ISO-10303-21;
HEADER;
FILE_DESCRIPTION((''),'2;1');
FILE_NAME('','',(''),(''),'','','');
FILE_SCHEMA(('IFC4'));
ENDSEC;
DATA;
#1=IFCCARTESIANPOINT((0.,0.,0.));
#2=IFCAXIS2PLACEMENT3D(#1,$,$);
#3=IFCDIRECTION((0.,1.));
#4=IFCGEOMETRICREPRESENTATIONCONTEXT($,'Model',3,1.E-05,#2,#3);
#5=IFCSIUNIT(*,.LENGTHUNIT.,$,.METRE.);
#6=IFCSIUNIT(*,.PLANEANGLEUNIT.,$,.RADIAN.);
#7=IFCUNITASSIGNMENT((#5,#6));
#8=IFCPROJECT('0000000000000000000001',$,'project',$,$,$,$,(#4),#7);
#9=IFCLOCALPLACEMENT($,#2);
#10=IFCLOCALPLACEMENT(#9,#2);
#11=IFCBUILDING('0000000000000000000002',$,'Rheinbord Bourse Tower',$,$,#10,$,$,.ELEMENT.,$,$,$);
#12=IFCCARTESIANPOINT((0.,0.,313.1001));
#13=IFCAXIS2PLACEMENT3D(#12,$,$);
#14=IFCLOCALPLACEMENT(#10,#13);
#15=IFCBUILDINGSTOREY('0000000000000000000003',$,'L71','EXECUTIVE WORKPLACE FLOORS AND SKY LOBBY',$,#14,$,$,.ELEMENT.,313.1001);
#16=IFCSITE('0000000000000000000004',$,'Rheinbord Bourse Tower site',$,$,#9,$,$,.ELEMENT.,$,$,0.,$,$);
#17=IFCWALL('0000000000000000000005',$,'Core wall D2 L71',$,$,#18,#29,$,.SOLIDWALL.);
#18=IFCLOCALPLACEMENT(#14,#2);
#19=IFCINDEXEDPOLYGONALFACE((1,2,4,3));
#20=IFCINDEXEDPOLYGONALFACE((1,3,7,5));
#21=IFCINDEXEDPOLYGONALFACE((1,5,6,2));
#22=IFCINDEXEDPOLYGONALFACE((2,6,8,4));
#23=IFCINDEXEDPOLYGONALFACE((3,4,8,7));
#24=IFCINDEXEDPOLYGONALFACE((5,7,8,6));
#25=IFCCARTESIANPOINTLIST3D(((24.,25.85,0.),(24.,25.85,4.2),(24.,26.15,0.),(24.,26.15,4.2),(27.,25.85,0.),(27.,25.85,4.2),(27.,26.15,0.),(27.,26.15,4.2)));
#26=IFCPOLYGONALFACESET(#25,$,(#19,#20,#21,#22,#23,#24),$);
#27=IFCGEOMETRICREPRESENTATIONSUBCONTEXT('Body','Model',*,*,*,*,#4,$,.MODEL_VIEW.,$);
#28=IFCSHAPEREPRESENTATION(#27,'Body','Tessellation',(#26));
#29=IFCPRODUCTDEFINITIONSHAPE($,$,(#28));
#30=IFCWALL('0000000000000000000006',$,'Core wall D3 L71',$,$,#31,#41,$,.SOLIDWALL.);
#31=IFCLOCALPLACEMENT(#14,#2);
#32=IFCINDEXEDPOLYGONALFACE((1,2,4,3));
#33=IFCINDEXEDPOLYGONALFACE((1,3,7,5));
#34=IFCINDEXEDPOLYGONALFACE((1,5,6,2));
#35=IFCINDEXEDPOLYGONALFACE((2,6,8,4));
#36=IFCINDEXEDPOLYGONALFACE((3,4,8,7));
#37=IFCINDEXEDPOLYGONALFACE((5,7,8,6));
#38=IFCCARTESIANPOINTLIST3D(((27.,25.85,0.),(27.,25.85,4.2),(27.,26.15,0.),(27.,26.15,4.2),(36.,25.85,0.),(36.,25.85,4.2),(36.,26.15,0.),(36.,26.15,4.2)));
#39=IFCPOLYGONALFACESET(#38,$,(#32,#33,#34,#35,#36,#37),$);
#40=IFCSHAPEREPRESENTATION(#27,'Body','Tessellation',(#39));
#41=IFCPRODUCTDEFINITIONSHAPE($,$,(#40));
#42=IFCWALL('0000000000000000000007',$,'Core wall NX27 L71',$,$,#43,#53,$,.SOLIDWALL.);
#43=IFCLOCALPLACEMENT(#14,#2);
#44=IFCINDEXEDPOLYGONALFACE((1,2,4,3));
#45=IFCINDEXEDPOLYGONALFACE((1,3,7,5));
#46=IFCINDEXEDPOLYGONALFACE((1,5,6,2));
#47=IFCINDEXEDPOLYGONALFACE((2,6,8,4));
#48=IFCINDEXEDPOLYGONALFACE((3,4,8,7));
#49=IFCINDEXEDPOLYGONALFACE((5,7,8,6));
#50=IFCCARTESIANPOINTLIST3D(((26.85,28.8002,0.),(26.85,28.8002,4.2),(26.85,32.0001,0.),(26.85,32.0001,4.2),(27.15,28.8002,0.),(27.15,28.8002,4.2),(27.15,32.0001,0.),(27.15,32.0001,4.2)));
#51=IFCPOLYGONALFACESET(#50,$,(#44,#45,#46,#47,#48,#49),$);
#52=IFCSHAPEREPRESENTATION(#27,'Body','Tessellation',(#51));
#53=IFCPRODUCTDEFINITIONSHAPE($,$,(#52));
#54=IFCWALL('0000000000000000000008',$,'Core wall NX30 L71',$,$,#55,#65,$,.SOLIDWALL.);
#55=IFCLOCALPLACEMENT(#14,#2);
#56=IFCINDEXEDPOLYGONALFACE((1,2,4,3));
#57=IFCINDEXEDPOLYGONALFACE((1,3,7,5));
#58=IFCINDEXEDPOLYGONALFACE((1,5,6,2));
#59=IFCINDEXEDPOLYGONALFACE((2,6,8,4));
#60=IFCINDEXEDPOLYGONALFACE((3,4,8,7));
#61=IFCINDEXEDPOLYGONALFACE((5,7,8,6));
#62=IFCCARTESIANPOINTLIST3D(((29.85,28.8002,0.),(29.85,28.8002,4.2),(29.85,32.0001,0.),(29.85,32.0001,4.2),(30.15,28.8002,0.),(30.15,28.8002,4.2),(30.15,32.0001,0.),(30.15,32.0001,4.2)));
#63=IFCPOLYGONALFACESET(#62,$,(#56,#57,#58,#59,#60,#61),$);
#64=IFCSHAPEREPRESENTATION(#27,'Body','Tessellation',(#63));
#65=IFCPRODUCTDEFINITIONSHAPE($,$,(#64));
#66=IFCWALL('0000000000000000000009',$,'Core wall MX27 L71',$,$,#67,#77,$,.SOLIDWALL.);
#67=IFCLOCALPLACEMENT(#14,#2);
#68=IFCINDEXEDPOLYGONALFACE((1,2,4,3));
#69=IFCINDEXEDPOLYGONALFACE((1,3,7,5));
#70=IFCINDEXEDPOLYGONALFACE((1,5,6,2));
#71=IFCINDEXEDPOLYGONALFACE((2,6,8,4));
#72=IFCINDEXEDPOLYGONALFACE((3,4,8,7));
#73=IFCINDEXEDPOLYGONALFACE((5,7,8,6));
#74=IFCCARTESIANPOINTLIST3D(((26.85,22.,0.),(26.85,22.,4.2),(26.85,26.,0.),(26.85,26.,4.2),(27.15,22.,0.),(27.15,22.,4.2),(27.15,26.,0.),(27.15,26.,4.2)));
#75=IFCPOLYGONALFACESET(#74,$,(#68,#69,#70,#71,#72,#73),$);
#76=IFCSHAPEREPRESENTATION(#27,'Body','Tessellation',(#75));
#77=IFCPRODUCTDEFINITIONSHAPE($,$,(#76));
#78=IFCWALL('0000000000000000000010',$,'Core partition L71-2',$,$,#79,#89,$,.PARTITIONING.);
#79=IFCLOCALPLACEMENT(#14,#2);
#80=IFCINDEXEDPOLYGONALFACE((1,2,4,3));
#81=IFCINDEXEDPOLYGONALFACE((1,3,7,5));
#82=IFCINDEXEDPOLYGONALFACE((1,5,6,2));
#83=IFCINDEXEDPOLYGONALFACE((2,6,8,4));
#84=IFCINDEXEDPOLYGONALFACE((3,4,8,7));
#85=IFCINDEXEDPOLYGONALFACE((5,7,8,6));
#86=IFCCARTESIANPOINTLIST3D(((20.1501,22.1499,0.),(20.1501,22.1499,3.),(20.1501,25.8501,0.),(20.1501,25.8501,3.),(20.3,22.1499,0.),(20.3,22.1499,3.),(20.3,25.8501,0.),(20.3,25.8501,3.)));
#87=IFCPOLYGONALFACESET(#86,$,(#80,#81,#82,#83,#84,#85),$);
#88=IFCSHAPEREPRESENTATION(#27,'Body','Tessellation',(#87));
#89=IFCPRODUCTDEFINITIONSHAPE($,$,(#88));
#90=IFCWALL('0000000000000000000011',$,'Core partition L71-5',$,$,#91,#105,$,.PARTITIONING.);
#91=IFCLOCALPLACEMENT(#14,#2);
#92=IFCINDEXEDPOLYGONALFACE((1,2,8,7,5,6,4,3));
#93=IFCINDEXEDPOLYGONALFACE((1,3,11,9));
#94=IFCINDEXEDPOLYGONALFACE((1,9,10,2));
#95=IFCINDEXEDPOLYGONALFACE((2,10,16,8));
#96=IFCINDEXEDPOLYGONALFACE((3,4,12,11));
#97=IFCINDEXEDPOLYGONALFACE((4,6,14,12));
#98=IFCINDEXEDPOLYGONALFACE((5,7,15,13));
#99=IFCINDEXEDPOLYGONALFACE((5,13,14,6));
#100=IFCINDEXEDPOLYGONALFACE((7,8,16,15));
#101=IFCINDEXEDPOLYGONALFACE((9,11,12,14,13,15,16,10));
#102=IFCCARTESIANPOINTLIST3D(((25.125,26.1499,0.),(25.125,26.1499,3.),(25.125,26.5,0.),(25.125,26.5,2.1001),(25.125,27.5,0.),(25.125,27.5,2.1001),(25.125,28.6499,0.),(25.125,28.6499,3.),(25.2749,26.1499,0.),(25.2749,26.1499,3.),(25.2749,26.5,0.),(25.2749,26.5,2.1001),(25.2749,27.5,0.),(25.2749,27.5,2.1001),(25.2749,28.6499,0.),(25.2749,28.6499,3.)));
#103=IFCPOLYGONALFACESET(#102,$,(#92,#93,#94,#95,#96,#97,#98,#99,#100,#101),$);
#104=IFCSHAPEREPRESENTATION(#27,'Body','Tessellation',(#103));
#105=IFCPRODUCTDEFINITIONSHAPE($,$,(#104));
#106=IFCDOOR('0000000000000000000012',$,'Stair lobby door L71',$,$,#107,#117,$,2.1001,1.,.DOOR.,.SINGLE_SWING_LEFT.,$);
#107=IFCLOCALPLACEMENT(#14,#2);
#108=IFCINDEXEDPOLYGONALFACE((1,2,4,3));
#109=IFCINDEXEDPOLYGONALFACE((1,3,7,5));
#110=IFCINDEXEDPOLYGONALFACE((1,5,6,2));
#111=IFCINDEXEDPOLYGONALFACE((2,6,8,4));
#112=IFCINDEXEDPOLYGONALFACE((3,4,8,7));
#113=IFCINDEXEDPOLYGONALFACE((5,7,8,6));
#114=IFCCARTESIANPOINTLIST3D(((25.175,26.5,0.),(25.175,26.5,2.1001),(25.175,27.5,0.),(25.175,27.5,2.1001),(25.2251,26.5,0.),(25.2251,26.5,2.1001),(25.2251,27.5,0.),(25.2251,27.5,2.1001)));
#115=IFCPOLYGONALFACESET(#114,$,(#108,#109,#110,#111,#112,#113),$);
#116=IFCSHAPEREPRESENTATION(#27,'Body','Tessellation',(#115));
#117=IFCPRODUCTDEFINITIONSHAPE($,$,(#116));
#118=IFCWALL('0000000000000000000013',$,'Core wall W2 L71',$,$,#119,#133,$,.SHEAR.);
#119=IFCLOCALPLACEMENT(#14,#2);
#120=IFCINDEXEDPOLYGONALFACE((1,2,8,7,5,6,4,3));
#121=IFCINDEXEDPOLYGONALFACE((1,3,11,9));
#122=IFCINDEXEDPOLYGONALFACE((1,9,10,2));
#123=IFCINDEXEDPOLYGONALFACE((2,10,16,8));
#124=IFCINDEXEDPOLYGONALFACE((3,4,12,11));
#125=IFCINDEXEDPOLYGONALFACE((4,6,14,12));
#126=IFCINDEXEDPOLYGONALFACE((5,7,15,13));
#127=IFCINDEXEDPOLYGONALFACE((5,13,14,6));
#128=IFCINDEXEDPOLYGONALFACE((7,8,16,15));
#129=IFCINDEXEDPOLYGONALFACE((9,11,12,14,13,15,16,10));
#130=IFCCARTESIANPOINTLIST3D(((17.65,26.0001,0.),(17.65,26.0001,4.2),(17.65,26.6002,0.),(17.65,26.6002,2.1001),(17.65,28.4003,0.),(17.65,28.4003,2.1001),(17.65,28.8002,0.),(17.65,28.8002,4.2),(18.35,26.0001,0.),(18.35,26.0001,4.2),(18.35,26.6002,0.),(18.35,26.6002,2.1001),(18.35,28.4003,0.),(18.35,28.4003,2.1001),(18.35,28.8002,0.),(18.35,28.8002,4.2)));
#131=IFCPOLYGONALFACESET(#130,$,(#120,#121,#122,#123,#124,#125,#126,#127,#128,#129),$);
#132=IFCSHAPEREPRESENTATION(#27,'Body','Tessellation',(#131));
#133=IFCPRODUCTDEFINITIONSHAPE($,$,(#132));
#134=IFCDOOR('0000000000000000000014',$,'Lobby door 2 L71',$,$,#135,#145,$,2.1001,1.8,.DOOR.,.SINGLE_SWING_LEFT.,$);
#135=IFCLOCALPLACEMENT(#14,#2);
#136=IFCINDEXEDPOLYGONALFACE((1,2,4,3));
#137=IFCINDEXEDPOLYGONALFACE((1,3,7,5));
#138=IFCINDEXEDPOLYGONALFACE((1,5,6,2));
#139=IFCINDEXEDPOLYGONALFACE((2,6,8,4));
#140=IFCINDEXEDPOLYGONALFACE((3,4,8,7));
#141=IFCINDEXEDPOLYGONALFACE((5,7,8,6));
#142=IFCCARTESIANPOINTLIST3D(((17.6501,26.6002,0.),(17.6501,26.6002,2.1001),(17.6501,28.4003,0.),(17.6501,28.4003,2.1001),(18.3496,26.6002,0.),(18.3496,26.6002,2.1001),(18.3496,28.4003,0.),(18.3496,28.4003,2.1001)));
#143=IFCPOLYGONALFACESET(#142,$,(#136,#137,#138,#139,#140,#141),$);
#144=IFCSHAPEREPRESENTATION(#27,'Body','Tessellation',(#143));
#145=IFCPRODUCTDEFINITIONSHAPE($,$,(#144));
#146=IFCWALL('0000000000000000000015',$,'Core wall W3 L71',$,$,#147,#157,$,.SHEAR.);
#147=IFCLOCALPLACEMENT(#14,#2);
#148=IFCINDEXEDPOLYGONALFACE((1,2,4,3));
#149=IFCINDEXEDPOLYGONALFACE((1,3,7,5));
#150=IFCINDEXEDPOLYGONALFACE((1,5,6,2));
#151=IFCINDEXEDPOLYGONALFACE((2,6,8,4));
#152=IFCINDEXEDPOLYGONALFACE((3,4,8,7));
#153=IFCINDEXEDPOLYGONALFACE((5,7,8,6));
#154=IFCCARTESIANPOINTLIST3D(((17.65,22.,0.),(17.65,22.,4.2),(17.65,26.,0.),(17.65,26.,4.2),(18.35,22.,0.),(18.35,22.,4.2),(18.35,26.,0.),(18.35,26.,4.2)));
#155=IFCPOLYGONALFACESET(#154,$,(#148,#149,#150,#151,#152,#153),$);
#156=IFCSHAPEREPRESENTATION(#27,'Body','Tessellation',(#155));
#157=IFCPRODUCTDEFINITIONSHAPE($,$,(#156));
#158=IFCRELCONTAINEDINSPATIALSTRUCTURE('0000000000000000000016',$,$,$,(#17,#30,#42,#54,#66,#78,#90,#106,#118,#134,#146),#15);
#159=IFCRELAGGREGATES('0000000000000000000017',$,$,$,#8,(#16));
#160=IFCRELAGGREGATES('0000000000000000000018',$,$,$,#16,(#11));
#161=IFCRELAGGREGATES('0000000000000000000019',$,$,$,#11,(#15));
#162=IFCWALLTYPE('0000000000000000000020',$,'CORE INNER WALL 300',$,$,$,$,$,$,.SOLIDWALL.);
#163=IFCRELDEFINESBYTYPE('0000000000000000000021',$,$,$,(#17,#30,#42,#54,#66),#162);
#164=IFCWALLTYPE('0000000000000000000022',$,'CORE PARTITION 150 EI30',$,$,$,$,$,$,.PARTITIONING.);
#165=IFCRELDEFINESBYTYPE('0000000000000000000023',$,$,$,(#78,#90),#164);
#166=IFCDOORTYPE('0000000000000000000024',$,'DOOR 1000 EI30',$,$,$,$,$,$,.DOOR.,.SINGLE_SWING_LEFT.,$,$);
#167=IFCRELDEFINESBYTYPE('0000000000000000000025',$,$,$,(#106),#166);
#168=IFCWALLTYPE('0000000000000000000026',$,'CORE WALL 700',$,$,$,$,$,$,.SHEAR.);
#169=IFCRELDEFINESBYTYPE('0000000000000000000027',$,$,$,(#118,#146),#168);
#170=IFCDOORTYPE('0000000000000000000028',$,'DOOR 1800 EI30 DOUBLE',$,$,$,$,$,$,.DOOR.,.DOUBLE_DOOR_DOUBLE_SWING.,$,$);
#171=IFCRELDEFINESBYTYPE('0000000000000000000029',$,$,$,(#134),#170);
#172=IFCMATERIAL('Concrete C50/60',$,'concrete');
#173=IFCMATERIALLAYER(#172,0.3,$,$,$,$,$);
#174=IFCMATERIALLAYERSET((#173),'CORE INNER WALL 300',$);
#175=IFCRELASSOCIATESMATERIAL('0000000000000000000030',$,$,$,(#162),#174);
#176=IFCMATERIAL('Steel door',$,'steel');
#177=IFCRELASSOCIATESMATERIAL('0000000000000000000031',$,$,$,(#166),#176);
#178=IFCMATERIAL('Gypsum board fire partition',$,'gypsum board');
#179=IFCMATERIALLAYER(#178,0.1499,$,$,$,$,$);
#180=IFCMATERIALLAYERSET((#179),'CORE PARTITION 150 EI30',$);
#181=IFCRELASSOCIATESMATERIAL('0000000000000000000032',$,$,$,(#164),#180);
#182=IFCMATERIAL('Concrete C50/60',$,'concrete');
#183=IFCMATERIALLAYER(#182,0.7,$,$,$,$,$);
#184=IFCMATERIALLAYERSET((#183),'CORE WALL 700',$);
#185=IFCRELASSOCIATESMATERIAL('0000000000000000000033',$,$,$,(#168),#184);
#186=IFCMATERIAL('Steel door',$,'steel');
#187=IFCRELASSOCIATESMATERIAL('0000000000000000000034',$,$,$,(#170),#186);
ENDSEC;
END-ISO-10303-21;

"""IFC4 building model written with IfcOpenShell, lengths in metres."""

from ifc_helpers import new_model, si_unit, direction, frame, frame_2d, origin, place, context, subcontext, project, spatial, rectangle, extrude, material, layer, layer_set, type_object, element, fill, save


model = new_model("IFC4")

# Units and contexts
model_context = context("Model", 3, precision=1e-05, world=origin(), true_north=direction((0.0, 1.0)))
body_context = subcontext(model_context, "Body", "Model", "MODEL_VIEW")
ifc_project = project(units=[si_unit("LENGTHUNIT", "METRE"), si_unit("PLANEANGLEUNIT", "RADIAN")], contexts=[model_context])

# Site, building, storey
site_placement = place(None, origin())
site = spatial("IfcSite", under=ifc_project, at=site_placement, Name="Rheinbord Bourse Tower site", CompositionType="ELEMENT", RefElevation=0.0)
building_placement = place(site_placement, origin())
building = spatial("IfcBuilding", under=site, at=building_placement, Name="Rheinbord Bourse Tower", CompositionType="ELEMENT")
storey_placement = place(building_placement, frame((0.0, 0.0, 313.1001)))
storey = spatial("IfcBuildingStorey", under=building, at=storey_placement, Name="L71", Description="EXECUTIVE WORKPLACE FLOORS AND SKY LOBBY", CompositionType="ELEMENT", Elevation=313.1001)

# Shared definitions
ifc_material_1 = material(Name="Concrete C50/60", Category="concrete")
ifc_layer_1 = layer(ifc_material_1, 0.3)
ifc_layer_set_1 = layer_set([ifc_layer_1], Name="CORE INNER WALL 300")
wall_type_1 = type_object("IfcWallType", Name="CORE INNER WALL 300", PredefinedType="SOLIDWALL", material=ifc_layer_set_1)
ifc_material_2 = material(Name="Steel door", Category="steel")
door_type_1 = type_object("IfcDoorType", Name="DOOR 1000 EI30", OperationType="SINGLE_SWING_LEFT", PredefinedType="DOOR", material=ifc_material_2)

# Walls
wall_1_placement = place(storey_placement, frame((24.0, 26.0, 0.0), z_axis=(0.0, 0.0, 1.0), x_axis=(1.0, 0.0, 0.0)))
element("IfcWall", 1, at=wall_1_placement, inside=storey, type_object=wall_type_1, Name="Core wall D2 L71", PredefinedType="SOLIDWALL", context=body_context, shape_type="SweptSolid", body=[
    extrude(rectangle(XDim=3.0, YDim=0.3, at=frame_2d((1.5, 0.0))), origin(), (0.0, 0.0, 1.0), 4.2),
])
wall_2_placement = place(storey_placement, frame((27.0, 26.0, 0.0), z_axis=(0.0, 0.0, 1.0), x_axis=(1.0, 0.0, 0.0)))
element("IfcWall", 2, at=wall_2_placement, inside=storey, type_object=wall_type_1, Name="Core wall D3 L71", PredefinedType="SOLIDWALL", context=body_context, shape_type="SweptSolid", body=[
    extrude(rectangle(XDim=9.0, YDim=0.3, at=frame_2d((4.5, 0.0))), origin(), (0.0, 0.0, 1.0), 4.2),
])
for number, where, z_axis, x_axis, name in (
    (3, (27.0, 28.8, 0.0), (0.0, 0.0, 1.0), (0.0, 1.0, 0.0), "Core wall NX27 L71"),
    (4, (30.0, 28.8, 0.0), (0.0, 0.0, 1.0), (0.0, 1.0, 0.0), "Core wall NX30 L71"),
):
    element("IfcWall", number, at=place(storey_placement, frame(where, z_axis=z_axis, x_axis=x_axis)), inside=storey, type_object=wall_type_1, Name=name, PredefinedType="SOLIDWALL", context=body_context, shape_type="SweptSolid", body=[
        extrude(rectangle(XDim=3.2, YDim=0.3, at=frame_2d((1.6001, 0.0))), origin(), (0.0, 0.0, 1.0), 4.2),
    ])
wall_3_placement = place(storey_placement, frame((27.0, 22.0, 0.0), z_axis=(0.0, 0.0, 1.0), x_axis=(0.0, 1.0, 0.0)))
element("IfcWall", 5, at=wall_3_placement, inside=storey, type_object=wall_type_1, Name="Core wall MX27 L71", PredefinedType="SOLIDWALL", context=body_context, shape_type="SweptSolid", body=[
    extrude(rectangle(XDim=4.0, YDim=0.3, at=frame_2d((2.0, 0.0))), origin(), (0.0, 0.0, 1.0), 4.2),
])
ifc_material_3 = material(Name="Gypsum board fire partition", Category="gypsum board")
ifc_layer_2 = layer(ifc_material_3, 0.1499)
ifc_layer_set_2 = layer_set([ifc_layer_2], Name="CORE PARTITION 150 EI30")
wall_type_2 = type_object("IfcWallType", Name="CORE PARTITION 150 EI30", PredefinedType="PARTITIONING", material=ifc_layer_set_2)
wall_4_placement = place(storey_placement, frame((20.2251, 22.1499, 0.0), z_axis=(0.0, 0.0, 1.0), x_axis=(0.0, 1.0, 0.0)))
element("IfcWall", 6, at=wall_4_placement, inside=storey, type_object=wall_type_2, Name="Core partition L71-2", PredefinedType="PARTITIONING", context=body_context, shape_type="SweptSolid", body=[
    extrude(rectangle(XDim=3.7002, YDim=0.1499, at=frame_2d((1.8501, 0.0))), origin(), (0.0, 0.0, 1.0), 3.0),
])

# Walls, openings, doors
wall_5_placement = place(storey_placement, frame((25.2, 26.1499, 0.0), z_axis=(0.0, 0.0, 1.0), x_axis=(0.0, 1.0, 0.0)))
wall_5 = element("IfcWall", 7, at=wall_5_placement, inside=storey, type_object=wall_type_2, Name="Core partition L71-5", PredefinedType="PARTITIONING", context=body_context, shape_type="SweptSolid", body=[
    extrude(rectangle(XDim=2.5, YDim=0.1499, at=frame_2d((1.25, 0.0))), origin(), (0.0, 0.0, 1.0), 3.0),
])
opening_1_placement = place(wall_5_placement, frame((0.3501, 0.0, 0.0)))
opening_1 = element("IfcOpeningElement", 8, at=opening_1_placement, cuts=wall_5, PredefinedType="OPENING", context=body_context, shape_type="SweptSolid", body=[
    extrude(rectangle(XDim=1.0, YDim=2.1001, at=frame_2d((0.5, 1.05))), frame((0.0, 0.085, 0.0), z_axis=(0.0, -1.0, 0.0), x_axis=(1.0, 0.0, 0.0)), (0.0, 0.0, 1.0), 0.1699),
])
door_1_placement = place(opening_1_placement, origin())
door_1 = element("IfcDoor", 9, at=door_1_placement, inside=storey, type_object=door_type_1, Name="Stair lobby door L71", OperationType="SINGLE_SWING_LEFT", OverallHeight=2.1001, OverallWidth=1.0, PredefinedType="DOOR", context=body_context, shape_type="SweptSolid", body=[
    extrude(rectangle(XDim=1.0, YDim=2.1001, at=frame_2d((0.5, 1.05))), frame((0.0, 0.0249, 0.0), z_axis=(0.0, -1.0, 0.0), x_axis=(1.0, 0.0, 0.0)), (0.0, 0.0, 1.0), 0.05),
])
fill(opening_1, door_1)
ifc_material_4 = material(Name="Concrete C50/60", Category="concrete")
ifc_layer_3 = layer(ifc_material_4, 0.7)
ifc_layer_set_3 = layer_set([ifc_layer_3], Name="CORE WALL 700")
wall_type_3 = type_object("IfcWallType", Name="CORE WALL 700", PredefinedType="SHEAR", material=ifc_layer_set_3)
wall_6_placement = place(storey_placement, frame((18.0, 28.8, 0.0), z_axis=(0.0, 0.0, 1.0), x_axis=(0.0, -1.0, 0.0)))
wall_6 = element("IfcWall", 10, at=wall_6_placement, inside=storey, type_object=wall_type_3, Name="Core wall W2 L71", PredefinedType="SHEAR", context=body_context, shape_type="SweptSolid", body=[
    extrude(rectangle(XDim=2.8, YDim=0.7, at=frame_2d((1.3999, 0.0))), origin(), (0.0, 0.0, 1.0), 4.2),
])
opening_2_placement = place(wall_6_placement, frame((0.3999, 0.0, 0.0)))
opening_2 = element("IfcOpeningElement", 11, at=opening_2_placement, cuts=wall_6, PredefinedType="OPENING", context=body_context, shape_type="SweptSolid", body=[
    extrude(rectangle(XDim=1.8, YDim=2.1001, at=frame_2d((0.8999, 1.05))), frame((0.0, 0.3599, 0.0), z_axis=(0.0, -1.0, 0.0), x_axis=(1.0, 0.0, 0.0)), (0.0, 0.0, 1.0), 0.72),
])
ifc_material_5 = material(Name="Steel door", Category="steel")
door_type_2 = type_object("IfcDoorType", Name="DOOR 1800 EI30 DOUBLE", OperationType="DOUBLE_DOOR_DOUBLE_SWING", PredefinedType="DOOR", material=ifc_material_5)
door_2_placement = place(opening_2_placement, origin())
door_2 = element("IfcDoor", 12, at=door_2_placement, inside=storey, type_object=door_type_2, Name="Lobby door 2 L71", OperationType="SINGLE_SWING_LEFT", OverallHeight=2.1001, OverallWidth=1.8, PredefinedType="DOOR", context=body_context, shape_type="SweptSolid", body=[
    extrude(rectangle(XDim=1.8, YDim=2.1001, at=frame_2d((0.8999, 1.05))), frame((0.0, 0.3496, 0.0), z_axis=(0.0, -1.0, 0.0), x_axis=(1.0, 0.0, 0.0)), (0.0, 0.0, 1.0), 0.6995),
])
fill(opening_2, door_2)

# Wall
wall_7_placement = place(storey_placement, frame((18.0, 26.0, 0.0), z_axis=(0.0, 0.0, 1.0), x_axis=(0.0, -1.0, 0.0)))
element("IfcWall", 13, at=wall_7_placement, inside=storey, type_object=wall_type_3, Name="Core wall W3 L71", PredefinedType="SHEAR", context=body_context, shape_type="SweptSolid", body=[
    extrude(rectangle(XDim=4.0, YDim=0.7, at=frame_2d((2.0, 0.0))), origin(), (0.0, 0.0, 1.0), 4.2),
])

save(model, "model.ifc")
